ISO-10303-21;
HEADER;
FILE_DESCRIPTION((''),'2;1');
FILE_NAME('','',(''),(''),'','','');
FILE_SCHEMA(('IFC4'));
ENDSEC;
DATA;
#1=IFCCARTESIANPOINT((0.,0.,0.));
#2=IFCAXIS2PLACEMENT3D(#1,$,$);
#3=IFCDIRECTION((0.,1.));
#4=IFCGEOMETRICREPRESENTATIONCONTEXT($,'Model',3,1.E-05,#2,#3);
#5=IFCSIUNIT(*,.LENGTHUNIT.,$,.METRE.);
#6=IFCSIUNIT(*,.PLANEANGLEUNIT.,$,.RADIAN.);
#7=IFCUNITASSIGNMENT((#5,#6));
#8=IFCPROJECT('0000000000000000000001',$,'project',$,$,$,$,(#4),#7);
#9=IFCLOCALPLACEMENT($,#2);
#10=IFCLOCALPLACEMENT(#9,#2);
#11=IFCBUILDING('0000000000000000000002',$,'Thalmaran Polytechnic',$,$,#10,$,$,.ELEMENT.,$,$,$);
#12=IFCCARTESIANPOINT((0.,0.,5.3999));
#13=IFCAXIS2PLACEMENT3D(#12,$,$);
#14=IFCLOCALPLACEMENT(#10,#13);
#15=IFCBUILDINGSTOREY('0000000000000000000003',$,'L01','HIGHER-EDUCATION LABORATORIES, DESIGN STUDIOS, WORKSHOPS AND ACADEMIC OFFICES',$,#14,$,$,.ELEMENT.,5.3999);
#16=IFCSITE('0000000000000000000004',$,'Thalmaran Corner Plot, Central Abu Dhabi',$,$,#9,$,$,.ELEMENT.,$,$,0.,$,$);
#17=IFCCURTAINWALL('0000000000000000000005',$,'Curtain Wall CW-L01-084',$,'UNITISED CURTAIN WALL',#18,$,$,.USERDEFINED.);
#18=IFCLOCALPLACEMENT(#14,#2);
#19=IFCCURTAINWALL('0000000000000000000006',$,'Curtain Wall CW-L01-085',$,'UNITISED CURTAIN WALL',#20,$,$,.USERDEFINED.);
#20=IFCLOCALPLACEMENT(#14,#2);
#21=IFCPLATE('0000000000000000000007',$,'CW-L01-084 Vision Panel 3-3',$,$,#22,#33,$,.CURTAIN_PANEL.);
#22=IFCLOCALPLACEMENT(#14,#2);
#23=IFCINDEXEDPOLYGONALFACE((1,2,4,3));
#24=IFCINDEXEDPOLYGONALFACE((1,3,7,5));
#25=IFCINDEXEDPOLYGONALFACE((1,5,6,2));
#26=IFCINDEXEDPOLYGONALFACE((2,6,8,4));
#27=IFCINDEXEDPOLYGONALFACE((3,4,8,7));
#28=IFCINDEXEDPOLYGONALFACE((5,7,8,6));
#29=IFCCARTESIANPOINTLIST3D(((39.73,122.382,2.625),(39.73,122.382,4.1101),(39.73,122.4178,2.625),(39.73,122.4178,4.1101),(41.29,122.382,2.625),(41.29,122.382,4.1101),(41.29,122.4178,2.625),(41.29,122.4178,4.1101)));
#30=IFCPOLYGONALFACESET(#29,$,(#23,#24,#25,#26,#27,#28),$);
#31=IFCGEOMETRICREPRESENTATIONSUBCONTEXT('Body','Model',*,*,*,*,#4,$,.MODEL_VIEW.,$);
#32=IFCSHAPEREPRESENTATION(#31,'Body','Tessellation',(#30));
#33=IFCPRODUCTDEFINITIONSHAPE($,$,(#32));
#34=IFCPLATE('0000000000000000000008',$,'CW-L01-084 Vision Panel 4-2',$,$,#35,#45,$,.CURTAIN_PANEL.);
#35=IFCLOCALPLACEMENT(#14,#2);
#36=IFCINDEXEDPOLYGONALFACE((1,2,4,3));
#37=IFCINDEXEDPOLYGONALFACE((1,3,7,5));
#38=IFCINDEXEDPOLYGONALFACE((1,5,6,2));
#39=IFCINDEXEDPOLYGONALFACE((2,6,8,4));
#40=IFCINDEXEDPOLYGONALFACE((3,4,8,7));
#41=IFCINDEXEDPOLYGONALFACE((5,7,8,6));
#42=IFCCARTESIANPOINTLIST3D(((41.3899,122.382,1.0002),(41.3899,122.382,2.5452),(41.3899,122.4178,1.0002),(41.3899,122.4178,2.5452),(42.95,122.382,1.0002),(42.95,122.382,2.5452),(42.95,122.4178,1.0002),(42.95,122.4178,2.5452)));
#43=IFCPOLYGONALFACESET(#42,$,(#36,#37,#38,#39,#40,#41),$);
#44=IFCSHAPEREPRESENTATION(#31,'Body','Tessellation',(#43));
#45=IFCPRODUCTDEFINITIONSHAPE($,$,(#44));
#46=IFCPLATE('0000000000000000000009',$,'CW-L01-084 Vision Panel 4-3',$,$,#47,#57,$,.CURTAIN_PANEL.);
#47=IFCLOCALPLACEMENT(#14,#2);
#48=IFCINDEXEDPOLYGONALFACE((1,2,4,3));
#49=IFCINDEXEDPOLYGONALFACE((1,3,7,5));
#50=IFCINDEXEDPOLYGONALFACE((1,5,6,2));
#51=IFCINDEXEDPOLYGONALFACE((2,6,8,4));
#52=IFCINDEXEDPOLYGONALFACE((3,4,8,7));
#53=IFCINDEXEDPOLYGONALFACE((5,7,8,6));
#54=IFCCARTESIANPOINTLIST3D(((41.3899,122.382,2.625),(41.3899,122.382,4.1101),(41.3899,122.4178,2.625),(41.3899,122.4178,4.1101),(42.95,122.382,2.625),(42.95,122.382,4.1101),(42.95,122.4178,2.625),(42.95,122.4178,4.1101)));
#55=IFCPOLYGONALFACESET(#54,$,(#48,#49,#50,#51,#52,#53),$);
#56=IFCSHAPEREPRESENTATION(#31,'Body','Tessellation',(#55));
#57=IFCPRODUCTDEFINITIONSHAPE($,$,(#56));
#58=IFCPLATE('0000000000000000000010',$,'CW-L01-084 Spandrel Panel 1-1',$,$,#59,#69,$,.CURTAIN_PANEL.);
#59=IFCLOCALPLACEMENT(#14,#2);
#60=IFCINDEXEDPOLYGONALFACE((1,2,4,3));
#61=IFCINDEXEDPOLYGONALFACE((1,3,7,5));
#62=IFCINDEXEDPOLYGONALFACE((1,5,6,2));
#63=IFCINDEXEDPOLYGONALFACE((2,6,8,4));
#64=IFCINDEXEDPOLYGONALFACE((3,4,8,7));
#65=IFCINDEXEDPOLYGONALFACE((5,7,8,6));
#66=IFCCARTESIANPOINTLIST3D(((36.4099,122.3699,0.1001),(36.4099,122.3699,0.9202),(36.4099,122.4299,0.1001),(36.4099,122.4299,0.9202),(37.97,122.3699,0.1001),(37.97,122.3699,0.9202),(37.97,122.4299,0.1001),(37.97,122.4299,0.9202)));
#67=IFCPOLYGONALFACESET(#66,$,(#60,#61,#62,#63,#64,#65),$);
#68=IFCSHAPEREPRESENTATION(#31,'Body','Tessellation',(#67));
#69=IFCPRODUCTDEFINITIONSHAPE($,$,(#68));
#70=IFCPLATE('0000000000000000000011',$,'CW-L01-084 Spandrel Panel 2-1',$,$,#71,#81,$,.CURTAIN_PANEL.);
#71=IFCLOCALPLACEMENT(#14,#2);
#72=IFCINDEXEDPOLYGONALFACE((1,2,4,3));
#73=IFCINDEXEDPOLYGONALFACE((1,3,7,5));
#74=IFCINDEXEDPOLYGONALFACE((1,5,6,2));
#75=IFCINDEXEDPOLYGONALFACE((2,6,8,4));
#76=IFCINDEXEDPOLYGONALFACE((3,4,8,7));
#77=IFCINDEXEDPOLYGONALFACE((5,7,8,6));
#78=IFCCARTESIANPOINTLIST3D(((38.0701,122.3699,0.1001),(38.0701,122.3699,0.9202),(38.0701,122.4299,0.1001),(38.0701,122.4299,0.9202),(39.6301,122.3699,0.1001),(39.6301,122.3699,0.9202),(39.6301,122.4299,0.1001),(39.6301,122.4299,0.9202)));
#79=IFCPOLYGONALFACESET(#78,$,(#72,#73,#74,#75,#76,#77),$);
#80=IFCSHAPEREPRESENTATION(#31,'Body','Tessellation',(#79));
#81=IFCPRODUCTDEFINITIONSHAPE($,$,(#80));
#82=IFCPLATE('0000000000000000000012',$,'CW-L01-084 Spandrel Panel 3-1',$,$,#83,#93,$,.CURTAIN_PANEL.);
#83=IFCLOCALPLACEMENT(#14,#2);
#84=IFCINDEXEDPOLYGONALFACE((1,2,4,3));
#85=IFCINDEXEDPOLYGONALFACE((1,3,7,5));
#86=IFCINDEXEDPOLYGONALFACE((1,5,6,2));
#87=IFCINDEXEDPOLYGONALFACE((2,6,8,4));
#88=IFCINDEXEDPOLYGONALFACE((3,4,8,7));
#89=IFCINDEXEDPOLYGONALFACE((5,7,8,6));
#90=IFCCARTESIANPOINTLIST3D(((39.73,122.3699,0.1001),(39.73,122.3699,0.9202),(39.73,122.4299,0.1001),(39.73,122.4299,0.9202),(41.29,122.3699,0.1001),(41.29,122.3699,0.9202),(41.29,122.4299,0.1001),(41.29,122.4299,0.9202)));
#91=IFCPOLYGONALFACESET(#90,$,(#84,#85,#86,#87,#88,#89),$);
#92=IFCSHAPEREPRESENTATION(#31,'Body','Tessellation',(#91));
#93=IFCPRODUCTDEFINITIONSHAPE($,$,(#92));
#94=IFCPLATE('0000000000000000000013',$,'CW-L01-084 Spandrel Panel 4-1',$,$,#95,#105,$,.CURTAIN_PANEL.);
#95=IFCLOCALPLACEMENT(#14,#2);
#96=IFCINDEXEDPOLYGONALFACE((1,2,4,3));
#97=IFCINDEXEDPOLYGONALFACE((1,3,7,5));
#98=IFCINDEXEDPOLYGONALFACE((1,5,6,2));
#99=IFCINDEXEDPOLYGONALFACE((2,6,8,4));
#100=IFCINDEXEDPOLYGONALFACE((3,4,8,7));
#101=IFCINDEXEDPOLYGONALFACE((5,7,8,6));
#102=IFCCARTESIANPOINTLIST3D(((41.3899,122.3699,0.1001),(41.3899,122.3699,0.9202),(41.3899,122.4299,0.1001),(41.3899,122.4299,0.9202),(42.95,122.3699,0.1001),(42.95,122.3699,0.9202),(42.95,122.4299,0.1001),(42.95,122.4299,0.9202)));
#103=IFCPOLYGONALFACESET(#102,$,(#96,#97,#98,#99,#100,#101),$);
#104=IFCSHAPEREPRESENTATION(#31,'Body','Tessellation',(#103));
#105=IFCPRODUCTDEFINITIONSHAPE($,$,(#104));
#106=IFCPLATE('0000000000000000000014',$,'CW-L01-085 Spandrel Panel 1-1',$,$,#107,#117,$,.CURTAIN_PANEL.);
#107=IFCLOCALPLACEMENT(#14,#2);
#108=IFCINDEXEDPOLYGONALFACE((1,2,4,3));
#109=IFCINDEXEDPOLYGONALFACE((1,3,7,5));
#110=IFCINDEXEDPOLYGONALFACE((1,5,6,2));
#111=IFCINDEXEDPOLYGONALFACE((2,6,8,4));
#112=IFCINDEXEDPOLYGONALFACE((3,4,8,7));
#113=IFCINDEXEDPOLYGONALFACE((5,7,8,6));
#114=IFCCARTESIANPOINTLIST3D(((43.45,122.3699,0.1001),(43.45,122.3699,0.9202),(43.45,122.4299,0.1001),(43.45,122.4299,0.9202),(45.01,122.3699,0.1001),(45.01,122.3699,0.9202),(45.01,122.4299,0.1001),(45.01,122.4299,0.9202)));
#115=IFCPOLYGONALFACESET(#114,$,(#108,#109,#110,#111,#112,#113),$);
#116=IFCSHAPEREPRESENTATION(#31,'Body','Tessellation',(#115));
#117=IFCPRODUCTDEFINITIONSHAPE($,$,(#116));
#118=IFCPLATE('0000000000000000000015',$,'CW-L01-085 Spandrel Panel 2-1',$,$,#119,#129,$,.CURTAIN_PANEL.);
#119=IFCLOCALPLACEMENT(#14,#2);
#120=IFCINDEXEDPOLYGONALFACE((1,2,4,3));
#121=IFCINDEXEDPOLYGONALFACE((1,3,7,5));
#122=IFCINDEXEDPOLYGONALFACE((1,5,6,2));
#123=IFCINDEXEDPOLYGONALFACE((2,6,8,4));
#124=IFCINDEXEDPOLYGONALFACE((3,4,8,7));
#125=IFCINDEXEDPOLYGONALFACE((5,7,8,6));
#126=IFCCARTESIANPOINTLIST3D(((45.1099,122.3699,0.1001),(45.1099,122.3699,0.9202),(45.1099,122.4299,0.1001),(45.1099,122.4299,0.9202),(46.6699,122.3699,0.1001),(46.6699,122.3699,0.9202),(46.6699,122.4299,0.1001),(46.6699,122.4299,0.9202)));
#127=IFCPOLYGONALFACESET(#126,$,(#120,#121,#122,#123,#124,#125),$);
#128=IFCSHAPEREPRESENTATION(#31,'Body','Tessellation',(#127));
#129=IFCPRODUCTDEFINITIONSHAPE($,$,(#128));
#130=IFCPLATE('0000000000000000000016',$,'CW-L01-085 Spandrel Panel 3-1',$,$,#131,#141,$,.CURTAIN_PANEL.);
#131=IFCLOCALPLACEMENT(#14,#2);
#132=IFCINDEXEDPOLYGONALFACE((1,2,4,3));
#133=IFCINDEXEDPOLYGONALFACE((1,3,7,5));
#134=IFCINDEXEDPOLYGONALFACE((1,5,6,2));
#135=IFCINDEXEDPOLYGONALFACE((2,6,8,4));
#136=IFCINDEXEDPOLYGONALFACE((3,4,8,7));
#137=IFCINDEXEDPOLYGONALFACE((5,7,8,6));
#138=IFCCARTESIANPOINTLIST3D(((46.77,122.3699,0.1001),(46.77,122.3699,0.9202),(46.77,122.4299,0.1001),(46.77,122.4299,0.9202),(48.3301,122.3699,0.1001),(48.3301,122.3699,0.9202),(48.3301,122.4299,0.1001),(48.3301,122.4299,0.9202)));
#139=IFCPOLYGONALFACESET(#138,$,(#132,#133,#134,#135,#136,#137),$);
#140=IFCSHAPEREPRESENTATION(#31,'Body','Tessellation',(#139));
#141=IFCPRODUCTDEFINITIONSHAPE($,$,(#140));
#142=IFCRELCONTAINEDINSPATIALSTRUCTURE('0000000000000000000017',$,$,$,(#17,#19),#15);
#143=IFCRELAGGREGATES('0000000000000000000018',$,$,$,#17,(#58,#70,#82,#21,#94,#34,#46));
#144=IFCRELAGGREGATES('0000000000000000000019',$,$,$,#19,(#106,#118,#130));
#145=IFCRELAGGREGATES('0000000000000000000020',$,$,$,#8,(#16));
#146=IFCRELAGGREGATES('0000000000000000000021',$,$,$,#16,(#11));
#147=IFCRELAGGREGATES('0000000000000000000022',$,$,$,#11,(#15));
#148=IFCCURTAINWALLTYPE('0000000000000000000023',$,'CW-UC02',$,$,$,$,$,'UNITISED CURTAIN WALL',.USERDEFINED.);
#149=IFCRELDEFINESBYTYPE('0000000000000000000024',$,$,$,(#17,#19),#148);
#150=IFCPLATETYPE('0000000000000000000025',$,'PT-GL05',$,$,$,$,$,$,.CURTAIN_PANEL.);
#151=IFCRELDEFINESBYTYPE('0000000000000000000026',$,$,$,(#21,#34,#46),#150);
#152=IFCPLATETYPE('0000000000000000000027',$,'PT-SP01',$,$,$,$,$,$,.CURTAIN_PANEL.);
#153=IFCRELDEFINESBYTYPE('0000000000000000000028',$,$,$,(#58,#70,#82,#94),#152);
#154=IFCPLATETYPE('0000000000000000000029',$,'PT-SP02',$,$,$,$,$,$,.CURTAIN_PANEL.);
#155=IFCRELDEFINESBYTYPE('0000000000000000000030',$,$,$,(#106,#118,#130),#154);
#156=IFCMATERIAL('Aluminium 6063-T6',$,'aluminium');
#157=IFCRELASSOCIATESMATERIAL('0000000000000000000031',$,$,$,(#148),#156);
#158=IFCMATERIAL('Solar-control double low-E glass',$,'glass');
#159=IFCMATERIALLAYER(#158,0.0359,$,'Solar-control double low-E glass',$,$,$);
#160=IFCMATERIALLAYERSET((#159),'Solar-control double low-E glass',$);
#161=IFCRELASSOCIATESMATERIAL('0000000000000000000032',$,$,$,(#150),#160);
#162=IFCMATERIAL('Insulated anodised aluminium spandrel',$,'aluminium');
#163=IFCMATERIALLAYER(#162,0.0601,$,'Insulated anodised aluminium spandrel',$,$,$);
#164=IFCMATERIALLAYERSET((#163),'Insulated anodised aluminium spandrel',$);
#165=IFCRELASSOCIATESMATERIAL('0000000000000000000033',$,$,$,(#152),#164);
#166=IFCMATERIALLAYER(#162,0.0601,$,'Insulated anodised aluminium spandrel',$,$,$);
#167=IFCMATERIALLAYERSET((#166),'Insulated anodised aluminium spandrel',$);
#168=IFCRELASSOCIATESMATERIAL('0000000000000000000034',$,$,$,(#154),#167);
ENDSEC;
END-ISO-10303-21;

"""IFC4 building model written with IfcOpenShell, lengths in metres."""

from ifc_helpers import new_model, si_unit, direction, frame, origin, origin_2d, place, context, subcontext, project, spatial, rectangle, extrude, material, layer, layer_set, type_object, element, aggregate, save


model = new_model("IFC4")

# Units and contexts
model_context = context("Model", 3, precision=1e-05, world=origin(), true_north=direction((0.0, 1.0)))
body_context = subcontext(model_context, "Body", "Model", "MODEL_VIEW")
ifc_project = project(units=[si_unit("LENGTHUNIT", "METRE"), si_unit("PLANEANGLEUNIT", "RADIAN")], contexts=[model_context])

# Site, building, storey
site_placement = place(None, origin())
site = spatial("IfcSite", under=ifc_project, at=site_placement, Name="Thalmaran Corner Plot, Central Abu Dhabi", CompositionType="ELEMENT", RefElevation=0.0)
building_placement = place(site_placement, origin())
building = spatial("IfcBuilding", under=site, at=building_placement, Name="Thalmaran Polytechnic", CompositionType="ELEMENT")
storey_placement = place(building_placement, frame((0.0, 0.0, 5.3999)))
storey = spatial("IfcBuildingStorey", under=building, at=storey_placement, Name="L01", Description="HIGHER-EDUCATION LABORATORIES, DESIGN STUDIOS, WORKSHOPS AND ACADEMIC OFFICES", CompositionType="ELEMENT", Elevation=5.3999)

# Curtain walls
ifc_material_1 = material(Name="Aluminium 6063-T6", Category="aluminium")
curtain_wall_type = type_object("IfcCurtainWallType", Name="CW-UC02", ElementType="UNITISED CURTAIN WALL", PredefinedType="USERDEFINED", material=ifc_material_1)
curtain_wall_1_placement = place(storey_placement, origin())
curtain_wall_1 = element("IfcCurtainWall", 1, at=curtain_wall_1_placement, inside=storey, type_object=curtain_wall_type, Name="Curtain Wall CW-L01-084", ObjectType="UNITISED CURTAIN WALL", PredefinedType="USERDEFINED")
curtain_wall_2_placement = place(storey_placement, origin())
curtain_wall_2 = element("IfcCurtainWall", 2, at=curtain_wall_2_placement, inside=storey, type_object=curtain_wall_type, Name="Curtain Wall CW-L01-085", ObjectType="UNITISED CURTAIN WALL", PredefinedType="USERDEFINED")

# Plates
ifc_material_2 = material(Name="Solar-control double low-E glass", Category="glass")
ifc_layer_1 = layer(ifc_material_2, 0.0359, Name="Solar-control double low-E glass")
ifc_layer_set_1 = layer_set([ifc_layer_1], Name="Solar-control double low-E glass")
plate_type_1 = type_object("IfcPlateType", Name="PT-GL05", PredefinedType="CURTAIN_PANEL", material=ifc_layer_set_1)
plate_1_placement = place(storey_placement, frame((40.51, 122.3999, 2.625), z_axis=(0.0, 0.0, 1.0), x_axis=(1.0, 0.0, 0.0)))
plate_1 = element("IfcPlate", 3, at=plate_1_placement, type_object=plate_type_1, Name="CW-L01-084 Vision Panel 3-3", PredefinedType="CURTAIN_PANEL", context=body_context, shape_type="SweptSolid", body=[
    extrude(rectangle(XDim=1.5601, YDim=0.0359, at=origin_2d()), origin(), (0.0, 0.0, 1.0), 1.4851),
])
plate_2_placement = place(storey_placement, frame((42.1699, 122.3999, 1.0002), z_axis=(0.0, 0.0, 1.0), x_axis=(1.0, 0.0, 0.0)))
plate_2 = element("IfcPlate", 4, at=plate_2_placement, type_object=plate_type_1, Name="CW-L01-084 Vision Panel 4-2", PredefinedType="CURTAIN_PANEL", context=body_context, shape_type="SweptSolid", body=[
    extrude(rectangle(XDim=1.5601, YDim=0.0359, at=origin_2d()), origin(), (0.0, 0.0, 1.0), 1.5449),
])
plate_3_placement = place(storey_placement, frame((42.1699, 122.3999, 2.625), z_axis=(0.0, 0.0, 1.0), x_axis=(1.0, 0.0, 0.0)))
plate_3 = element("IfcPlate", 5, at=plate_3_placement, type_object=plate_type_1, Name="CW-L01-084 Vision Panel 4-3", PredefinedType="CURTAIN_PANEL", context=body_context, shape_type="SweptSolid", body=[
    extrude(rectangle(XDim=1.5601, YDim=0.0359, at=origin_2d()), origin(), (0.0, 0.0, 1.0), 1.4851),
])
ifc_material_3 = material(Name="Insulated anodised aluminium spandrel", Category="aluminium")
ifc_layer_2 = layer(ifc_material_3, 0.0601, Name="Insulated anodised aluminium spandrel")
ifc_layer_set_2 = layer_set([ifc_layer_2], Name="Insulated anodised aluminium spandrel")
plate_type_2 = type_object("IfcPlateType", Name="PT-SP01", PredefinedType="CURTAIN_PANEL", material=ifc_layer_set_2)
plate_4_placement = place(storey_placement, frame((37.1899, 122.3999, 0.1001), z_axis=(0.0, 0.0, 1.0), x_axis=(1.0, 0.0, 0.0)))
plate_4 = element("IfcPlate", 6, at=plate_4_placement, type_object=plate_type_2, Name="CW-L01-084 Spandrel Panel 1-1", PredefinedType="CURTAIN_PANEL", context=body_context, shape_type="SweptSolid", body=[
    extrude(rectangle(XDim=1.5601, YDim=0.0601, at=origin_2d()), origin(), (0.0, 0.0, 1.0), 0.8201),
])
plate_5_placement = place(storey_placement, frame((38.8501, 122.3999, 0.1001), z_axis=(0.0, 0.0, 1.0), x_axis=(1.0, 0.0, 0.0)))
plate_5 = element("IfcPlate", 7, at=plate_5_placement, type_object=plate_type_2, Name="CW-L01-084 Spandrel Panel 2-1", PredefinedType="CURTAIN_PANEL", context=body_context, shape_type="SweptSolid", body=[
    extrude(rectangle(XDim=1.5601, YDim=0.0601, at=origin_2d()), origin(), (0.0, 0.0, 1.0), 0.8201),
])
plate_6_placement = place(storey_placement, frame((40.51, 122.3999, 0.1001), z_axis=(0.0, 0.0, 1.0), x_axis=(1.0, 0.0, 0.0)))
plate_6 = element("IfcPlate", 8, at=plate_6_placement, type_object=plate_type_2, Name="CW-L01-084 Spandrel Panel 3-1", PredefinedType="CURTAIN_PANEL", context=body_context, shape_type="SweptSolid", body=[
    extrude(rectangle(XDim=1.5601, YDim=0.0601, at=origin_2d()), origin(), (0.0, 0.0, 1.0), 0.8201),
])
plate_7_placement = place(storey_placement, frame((42.1699, 122.3999, 0.1001), z_axis=(0.0, 0.0, 1.0), x_axis=(1.0, 0.0, 0.0)))
plate_7 = element("IfcPlate", 9, at=plate_7_placement, type_object=plate_type_2, Name="CW-L01-084 Spandrel Panel 4-1", PredefinedType="CURTAIN_PANEL", context=body_context, shape_type="SweptSolid", body=[
    extrude(rectangle(XDim=1.5601, YDim=0.0601, at=origin_2d()), origin(), (0.0, 0.0, 1.0), 0.8201),
])
aggregate(curtain_wall_1, [plate_4, plate_5, plate_6, plate_1, plate_7, plate_2, plate_3])
ifc_layer_3 = layer(ifc_material_3, 0.0601, Name="Insulated anodised aluminium spandrel")
ifc_layer_set_3 = layer_set([ifc_layer_3], Name="Insulated anodised aluminium spandrel")
plate_type_3 = type_object("IfcPlateType", Name="PT-SP02", PredefinedType="CURTAIN_PANEL", material=ifc_layer_set_3)
plate_8_placement = place(storey_placement, frame((44.23, 122.3999, 0.1001), z_axis=(0.0, 0.0, 1.0), x_axis=(1.0, 0.0, 0.0)))
plate_8 = element("IfcPlate", 10, at=plate_8_placement, type_object=plate_type_3, Name="CW-L01-085 Spandrel Panel 1-1", PredefinedType="CURTAIN_PANEL", context=body_context, shape_type="SweptSolid", body=[
    extrude(rectangle(XDim=1.5601, YDim=0.0601, at=origin_2d()), origin(), (0.0, 0.0, 1.0), 0.8201),
])
plate_9_placement = place(storey_placement, frame((45.8899, 122.3999, 0.1001), z_axis=(0.0, 0.0, 1.0), x_axis=(1.0, 0.0, 0.0)))
plate_9 = element("IfcPlate", 11, at=plate_9_placement, type_object=plate_type_3, Name="CW-L01-085 Spandrel Panel 2-1", PredefinedType="CURTAIN_PANEL", context=body_context, shape_type="SweptSolid", body=[
    extrude(rectangle(XDim=1.5601, YDim=0.0601, at=origin_2d()), origin(), (0.0, 0.0, 1.0), 0.8201),
])
plate_10_placement = place(storey_placement, frame((47.55, 122.3999, 0.1001), z_axis=(0.0, 0.0, 1.0), x_axis=(1.0, 0.0, 0.0)))
plate_10 = element("IfcPlate", 12, at=plate_10_placement, type_object=plate_type_3, Name="CW-L01-085 Spandrel Panel 3-1", PredefinedType="CURTAIN_PANEL", context=body_context, shape_type="SweptSolid", body=[
    extrude(rectangle(XDim=1.5601, YDim=0.0601, at=origin_2d()), origin(), (0.0, 0.0, 1.0), 0.8201),
])
aggregate(curtain_wall_2, [plate_8, plate_9, plate_10])

save(model, "model.ifc")
